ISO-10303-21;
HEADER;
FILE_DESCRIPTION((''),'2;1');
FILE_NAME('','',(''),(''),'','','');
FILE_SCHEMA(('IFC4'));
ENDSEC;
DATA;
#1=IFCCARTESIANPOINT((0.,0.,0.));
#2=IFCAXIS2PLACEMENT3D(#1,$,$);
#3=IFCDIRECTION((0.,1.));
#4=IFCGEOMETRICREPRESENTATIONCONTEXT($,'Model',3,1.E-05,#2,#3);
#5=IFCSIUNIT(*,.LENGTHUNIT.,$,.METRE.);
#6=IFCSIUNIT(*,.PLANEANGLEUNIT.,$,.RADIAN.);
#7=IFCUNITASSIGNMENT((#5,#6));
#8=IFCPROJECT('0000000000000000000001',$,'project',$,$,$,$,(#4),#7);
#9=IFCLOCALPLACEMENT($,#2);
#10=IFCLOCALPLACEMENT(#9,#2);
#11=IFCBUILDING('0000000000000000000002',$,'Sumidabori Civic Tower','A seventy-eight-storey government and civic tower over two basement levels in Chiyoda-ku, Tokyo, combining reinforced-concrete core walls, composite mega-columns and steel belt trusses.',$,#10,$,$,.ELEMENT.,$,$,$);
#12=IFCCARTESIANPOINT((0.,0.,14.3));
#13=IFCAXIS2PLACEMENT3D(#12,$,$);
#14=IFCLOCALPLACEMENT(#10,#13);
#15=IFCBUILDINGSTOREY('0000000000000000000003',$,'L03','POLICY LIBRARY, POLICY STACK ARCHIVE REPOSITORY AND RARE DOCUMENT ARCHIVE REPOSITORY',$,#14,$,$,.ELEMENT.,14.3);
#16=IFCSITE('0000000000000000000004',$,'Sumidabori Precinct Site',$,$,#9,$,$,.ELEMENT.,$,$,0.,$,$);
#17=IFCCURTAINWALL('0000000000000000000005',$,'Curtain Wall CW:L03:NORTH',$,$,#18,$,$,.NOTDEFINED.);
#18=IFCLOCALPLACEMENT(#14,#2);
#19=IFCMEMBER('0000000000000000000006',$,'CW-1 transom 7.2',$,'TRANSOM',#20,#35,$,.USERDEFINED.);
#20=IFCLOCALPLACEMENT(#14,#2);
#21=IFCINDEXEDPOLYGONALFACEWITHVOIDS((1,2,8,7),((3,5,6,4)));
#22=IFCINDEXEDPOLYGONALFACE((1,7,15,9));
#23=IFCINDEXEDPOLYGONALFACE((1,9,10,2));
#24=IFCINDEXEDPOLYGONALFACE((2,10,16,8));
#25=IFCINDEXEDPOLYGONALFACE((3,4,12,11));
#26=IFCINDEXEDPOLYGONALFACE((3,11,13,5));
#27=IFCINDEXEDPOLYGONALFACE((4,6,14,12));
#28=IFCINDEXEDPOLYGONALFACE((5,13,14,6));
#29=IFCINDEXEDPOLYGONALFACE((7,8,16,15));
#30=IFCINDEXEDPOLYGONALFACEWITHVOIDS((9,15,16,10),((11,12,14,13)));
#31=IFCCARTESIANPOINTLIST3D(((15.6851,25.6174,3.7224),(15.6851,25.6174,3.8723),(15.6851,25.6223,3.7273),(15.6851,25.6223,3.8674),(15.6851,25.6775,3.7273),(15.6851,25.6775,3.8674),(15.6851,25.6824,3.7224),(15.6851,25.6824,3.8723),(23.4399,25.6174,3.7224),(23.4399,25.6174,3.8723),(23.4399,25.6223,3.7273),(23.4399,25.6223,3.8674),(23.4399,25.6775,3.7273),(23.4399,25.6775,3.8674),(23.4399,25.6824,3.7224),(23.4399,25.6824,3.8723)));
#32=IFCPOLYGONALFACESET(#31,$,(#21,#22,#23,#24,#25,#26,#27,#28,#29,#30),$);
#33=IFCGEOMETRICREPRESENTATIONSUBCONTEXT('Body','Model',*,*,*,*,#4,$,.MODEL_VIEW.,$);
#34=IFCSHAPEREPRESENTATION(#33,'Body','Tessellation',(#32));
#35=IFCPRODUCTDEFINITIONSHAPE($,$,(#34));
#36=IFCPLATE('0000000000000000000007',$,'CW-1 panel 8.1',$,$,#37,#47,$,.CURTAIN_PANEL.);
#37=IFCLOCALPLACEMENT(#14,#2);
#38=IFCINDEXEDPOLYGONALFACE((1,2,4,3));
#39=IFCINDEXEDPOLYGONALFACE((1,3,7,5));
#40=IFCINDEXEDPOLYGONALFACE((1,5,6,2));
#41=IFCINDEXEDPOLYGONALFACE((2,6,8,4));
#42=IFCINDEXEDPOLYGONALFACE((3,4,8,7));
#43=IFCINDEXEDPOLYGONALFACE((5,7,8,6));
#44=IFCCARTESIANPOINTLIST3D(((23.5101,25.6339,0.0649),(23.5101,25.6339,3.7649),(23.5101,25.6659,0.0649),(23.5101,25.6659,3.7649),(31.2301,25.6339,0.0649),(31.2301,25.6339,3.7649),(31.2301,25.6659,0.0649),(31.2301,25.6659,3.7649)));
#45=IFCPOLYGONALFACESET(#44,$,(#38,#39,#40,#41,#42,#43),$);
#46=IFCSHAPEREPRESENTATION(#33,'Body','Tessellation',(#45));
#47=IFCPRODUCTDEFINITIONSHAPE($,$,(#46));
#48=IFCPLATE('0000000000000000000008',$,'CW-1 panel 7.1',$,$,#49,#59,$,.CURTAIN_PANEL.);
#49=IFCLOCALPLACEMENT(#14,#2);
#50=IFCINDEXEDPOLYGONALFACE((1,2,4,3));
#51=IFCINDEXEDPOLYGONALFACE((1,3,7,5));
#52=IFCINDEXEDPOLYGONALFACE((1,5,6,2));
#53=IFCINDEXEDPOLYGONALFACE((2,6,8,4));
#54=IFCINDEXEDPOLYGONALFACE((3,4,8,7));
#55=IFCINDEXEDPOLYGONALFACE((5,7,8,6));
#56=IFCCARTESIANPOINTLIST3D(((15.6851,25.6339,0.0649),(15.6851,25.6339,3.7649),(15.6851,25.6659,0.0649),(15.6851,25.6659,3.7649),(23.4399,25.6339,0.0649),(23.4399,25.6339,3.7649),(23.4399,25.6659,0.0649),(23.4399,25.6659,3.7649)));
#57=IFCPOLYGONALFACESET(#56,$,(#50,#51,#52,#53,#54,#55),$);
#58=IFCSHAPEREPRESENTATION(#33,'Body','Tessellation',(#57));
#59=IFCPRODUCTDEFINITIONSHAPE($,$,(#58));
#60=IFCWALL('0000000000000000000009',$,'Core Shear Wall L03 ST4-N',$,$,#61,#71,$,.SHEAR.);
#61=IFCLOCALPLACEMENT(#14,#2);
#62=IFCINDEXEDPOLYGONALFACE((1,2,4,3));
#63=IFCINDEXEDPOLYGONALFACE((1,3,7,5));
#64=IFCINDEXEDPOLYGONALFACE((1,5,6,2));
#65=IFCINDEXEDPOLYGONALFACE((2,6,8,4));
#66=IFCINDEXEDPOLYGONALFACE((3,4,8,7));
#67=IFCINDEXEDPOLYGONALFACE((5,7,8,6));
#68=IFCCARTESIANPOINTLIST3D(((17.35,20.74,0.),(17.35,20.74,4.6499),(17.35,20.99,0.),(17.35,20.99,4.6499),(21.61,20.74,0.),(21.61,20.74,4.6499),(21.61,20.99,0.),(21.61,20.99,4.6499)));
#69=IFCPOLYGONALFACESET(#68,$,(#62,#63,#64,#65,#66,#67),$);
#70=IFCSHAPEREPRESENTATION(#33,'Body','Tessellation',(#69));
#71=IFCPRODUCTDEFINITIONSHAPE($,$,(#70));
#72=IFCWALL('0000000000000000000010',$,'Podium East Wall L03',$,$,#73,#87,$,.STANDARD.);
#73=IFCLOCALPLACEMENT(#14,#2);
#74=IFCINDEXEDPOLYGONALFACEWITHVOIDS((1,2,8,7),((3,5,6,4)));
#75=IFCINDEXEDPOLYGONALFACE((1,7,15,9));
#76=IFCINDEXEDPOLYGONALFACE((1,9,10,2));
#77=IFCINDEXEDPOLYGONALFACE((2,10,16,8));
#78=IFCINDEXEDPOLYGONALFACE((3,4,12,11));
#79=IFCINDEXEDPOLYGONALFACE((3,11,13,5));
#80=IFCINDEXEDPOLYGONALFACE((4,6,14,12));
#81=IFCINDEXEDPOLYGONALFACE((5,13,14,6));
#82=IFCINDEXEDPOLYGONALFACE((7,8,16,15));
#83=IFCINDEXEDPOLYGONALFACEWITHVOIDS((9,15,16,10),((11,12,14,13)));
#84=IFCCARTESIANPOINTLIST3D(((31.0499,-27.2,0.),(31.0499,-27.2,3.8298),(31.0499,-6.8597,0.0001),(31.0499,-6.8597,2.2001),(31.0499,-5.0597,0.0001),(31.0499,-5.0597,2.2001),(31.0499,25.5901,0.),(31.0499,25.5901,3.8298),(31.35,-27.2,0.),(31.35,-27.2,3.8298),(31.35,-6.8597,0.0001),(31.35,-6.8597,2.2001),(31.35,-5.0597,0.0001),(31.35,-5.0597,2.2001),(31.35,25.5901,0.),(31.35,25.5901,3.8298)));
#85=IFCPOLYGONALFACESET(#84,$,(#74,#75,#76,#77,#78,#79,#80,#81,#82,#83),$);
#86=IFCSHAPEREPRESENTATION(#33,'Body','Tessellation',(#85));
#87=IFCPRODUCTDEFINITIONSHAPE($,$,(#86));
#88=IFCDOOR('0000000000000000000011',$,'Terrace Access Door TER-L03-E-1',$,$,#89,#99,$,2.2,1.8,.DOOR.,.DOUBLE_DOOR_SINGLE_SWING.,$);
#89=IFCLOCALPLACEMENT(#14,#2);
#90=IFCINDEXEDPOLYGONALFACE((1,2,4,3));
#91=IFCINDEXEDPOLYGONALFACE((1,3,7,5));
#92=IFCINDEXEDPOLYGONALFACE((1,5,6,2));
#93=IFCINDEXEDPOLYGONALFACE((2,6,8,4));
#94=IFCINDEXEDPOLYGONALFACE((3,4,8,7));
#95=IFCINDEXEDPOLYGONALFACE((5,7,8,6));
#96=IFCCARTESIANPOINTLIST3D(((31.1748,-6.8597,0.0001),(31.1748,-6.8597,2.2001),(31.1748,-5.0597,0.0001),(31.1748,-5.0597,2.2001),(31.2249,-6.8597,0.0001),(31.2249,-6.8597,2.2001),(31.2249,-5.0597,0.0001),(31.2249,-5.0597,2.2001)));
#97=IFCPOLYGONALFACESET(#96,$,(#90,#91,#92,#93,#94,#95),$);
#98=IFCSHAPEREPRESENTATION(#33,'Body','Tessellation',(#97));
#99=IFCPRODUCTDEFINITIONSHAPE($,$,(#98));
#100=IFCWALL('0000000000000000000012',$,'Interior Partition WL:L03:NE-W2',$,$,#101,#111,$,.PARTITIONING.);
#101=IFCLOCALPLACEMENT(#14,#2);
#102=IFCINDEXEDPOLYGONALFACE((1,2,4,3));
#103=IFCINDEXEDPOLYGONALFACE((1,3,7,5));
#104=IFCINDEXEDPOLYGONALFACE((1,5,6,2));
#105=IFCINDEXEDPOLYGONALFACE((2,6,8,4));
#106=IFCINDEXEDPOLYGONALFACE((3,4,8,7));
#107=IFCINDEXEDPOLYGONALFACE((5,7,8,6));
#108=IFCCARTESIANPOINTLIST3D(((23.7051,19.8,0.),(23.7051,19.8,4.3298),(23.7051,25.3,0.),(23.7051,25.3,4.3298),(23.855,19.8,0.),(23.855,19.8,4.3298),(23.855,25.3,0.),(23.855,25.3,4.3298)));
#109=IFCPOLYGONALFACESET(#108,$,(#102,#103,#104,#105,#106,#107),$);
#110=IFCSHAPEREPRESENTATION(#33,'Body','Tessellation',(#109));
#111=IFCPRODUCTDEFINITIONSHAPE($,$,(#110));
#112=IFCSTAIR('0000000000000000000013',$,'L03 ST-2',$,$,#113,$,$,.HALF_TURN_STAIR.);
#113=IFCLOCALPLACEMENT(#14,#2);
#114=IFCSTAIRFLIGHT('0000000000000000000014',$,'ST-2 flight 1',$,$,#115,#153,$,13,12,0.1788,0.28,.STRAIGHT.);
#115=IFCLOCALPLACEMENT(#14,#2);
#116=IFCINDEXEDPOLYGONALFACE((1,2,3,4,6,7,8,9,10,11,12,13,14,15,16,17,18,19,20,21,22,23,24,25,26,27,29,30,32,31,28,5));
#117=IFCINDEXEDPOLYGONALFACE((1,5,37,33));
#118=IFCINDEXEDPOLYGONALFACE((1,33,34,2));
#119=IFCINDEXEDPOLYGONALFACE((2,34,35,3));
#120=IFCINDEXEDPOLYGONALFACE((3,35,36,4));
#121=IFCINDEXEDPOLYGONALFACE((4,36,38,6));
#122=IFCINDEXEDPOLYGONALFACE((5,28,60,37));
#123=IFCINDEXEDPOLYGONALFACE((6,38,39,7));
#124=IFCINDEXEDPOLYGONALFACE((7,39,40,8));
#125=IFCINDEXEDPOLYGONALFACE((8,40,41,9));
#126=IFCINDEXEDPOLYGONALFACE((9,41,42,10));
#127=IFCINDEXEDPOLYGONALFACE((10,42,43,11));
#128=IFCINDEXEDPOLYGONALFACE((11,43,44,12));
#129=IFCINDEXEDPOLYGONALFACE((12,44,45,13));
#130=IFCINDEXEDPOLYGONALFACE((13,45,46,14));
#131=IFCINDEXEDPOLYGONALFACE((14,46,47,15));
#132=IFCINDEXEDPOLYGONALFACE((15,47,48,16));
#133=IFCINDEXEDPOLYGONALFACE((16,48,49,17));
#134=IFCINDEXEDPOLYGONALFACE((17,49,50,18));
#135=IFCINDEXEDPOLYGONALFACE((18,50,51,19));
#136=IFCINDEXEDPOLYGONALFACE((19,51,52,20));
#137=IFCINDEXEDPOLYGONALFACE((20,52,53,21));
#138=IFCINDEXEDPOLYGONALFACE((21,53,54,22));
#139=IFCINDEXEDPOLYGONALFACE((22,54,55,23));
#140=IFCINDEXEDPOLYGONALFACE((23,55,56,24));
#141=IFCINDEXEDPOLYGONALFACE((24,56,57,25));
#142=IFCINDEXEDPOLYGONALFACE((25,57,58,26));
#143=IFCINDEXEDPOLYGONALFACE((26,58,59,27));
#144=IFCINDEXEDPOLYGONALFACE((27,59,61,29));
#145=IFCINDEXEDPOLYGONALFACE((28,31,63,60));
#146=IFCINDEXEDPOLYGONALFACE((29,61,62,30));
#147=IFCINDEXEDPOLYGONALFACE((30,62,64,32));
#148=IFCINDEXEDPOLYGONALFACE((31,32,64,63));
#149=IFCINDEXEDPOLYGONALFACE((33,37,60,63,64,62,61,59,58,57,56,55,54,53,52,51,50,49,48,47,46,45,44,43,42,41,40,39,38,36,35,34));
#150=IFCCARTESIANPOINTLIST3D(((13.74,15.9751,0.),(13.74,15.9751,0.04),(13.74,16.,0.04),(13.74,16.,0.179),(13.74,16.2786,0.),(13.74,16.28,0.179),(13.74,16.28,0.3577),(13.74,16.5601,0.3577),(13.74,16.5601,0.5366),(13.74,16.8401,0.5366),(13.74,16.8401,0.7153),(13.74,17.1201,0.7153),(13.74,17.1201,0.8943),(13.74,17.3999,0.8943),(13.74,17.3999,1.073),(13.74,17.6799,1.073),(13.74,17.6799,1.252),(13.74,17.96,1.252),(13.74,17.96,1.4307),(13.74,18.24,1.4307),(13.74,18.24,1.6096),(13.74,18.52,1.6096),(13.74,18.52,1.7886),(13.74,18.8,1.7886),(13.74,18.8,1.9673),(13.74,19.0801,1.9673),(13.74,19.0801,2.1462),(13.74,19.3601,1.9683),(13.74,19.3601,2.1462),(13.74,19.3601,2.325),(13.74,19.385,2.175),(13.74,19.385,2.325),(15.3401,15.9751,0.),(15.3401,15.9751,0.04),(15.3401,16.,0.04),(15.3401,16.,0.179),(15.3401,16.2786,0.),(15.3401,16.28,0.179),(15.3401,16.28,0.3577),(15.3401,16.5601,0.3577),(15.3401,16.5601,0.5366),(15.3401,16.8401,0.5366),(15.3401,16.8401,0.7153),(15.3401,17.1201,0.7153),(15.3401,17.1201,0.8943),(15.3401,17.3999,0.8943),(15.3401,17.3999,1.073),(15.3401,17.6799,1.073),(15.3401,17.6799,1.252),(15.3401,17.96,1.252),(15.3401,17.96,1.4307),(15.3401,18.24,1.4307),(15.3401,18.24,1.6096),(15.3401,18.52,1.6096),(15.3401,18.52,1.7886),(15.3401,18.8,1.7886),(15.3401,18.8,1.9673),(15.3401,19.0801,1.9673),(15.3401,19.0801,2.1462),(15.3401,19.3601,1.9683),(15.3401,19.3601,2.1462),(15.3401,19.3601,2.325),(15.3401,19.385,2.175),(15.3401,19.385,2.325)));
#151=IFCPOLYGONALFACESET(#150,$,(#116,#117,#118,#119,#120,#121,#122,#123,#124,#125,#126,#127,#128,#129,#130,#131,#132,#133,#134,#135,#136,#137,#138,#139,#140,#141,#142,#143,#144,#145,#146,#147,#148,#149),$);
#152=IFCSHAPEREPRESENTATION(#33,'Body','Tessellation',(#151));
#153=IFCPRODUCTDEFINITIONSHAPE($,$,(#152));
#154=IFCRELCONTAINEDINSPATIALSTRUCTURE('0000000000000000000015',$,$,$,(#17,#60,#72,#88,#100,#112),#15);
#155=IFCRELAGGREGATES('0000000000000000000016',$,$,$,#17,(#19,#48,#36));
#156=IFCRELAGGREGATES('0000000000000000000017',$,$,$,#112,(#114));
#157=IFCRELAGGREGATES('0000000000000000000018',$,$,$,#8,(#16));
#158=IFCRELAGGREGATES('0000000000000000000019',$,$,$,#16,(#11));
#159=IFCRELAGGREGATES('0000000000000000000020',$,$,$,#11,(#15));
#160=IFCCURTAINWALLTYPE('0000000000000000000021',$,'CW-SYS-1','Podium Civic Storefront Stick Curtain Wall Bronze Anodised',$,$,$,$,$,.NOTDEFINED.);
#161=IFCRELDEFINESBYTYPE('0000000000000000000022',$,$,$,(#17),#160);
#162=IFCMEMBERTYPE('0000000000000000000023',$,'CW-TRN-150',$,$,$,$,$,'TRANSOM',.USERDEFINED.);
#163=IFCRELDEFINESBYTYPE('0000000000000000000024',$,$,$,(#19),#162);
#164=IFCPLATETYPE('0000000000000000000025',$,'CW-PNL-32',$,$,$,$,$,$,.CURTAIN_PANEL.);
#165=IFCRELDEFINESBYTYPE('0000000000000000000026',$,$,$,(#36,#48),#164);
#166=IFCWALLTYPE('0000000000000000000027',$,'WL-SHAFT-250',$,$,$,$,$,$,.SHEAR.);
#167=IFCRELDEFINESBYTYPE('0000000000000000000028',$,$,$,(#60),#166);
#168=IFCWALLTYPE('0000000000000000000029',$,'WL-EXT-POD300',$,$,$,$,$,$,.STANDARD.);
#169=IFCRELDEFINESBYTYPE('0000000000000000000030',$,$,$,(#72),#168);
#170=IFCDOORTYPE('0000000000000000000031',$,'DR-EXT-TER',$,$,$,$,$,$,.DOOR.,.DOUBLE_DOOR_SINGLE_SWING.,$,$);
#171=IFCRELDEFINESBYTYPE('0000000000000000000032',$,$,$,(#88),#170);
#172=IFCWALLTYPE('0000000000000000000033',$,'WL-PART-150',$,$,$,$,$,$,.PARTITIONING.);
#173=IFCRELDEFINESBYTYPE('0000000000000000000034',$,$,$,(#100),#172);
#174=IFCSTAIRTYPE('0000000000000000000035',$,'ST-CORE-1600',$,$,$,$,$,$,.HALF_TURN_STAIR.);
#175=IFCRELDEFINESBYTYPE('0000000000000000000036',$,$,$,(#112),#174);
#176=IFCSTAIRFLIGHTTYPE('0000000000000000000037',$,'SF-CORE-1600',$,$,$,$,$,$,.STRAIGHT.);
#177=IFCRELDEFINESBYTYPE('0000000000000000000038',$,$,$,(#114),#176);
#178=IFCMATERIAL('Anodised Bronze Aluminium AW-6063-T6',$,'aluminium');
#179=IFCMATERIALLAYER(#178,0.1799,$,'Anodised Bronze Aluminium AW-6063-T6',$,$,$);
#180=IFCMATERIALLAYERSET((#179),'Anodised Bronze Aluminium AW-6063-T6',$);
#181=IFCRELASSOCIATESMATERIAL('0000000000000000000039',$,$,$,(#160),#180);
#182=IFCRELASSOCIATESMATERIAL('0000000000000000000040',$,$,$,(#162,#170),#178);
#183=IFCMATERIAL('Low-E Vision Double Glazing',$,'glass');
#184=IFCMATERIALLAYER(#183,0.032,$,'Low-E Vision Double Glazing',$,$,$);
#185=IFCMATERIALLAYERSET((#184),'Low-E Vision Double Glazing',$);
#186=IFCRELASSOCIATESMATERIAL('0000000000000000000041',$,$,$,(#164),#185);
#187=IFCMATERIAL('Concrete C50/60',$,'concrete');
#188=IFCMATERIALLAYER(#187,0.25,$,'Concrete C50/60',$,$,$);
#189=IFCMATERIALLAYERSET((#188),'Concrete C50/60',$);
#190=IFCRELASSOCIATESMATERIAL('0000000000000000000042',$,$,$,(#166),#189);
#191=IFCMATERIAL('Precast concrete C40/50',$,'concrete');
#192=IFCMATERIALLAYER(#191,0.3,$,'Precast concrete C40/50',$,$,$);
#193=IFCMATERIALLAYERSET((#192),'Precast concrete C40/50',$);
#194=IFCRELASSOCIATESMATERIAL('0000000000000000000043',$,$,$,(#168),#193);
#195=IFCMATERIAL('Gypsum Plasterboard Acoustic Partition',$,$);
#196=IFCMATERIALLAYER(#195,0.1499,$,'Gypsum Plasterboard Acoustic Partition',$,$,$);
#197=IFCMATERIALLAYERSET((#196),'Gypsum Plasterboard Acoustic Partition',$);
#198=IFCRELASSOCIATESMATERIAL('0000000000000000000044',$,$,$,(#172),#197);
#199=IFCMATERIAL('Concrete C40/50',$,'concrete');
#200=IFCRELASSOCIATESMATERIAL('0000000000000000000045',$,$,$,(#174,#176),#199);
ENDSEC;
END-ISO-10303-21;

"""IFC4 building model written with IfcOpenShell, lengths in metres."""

from ifc_helpers import new_model, si_unit, direction, frame, frame_2d, origin, origin_2d, place, context, subcontext, project, spatial, polyline, rectangle, hollow_rectangle, outline, extrude, source, transform, mapped, material, layer, layer_set, material_profile, profile_set, type_object, element, fill, aggregate, save


model = new_model("IFC4")

# Units and contexts
model_context = context("Model", 3, precision=1e-05, world=origin(), true_north=direction((0.0, 1.0)))
body_context = subcontext(model_context, "Body", "Model", "MODEL_VIEW")
ifc_project = project(units=[si_unit("LENGTHUNIT", "METRE"), si_unit("PLANEANGLEUNIT", "RADIAN")], contexts=[model_context])

# Site, building, storey
site_placement = place(None, origin())
site = spatial("IfcSite", under=ifc_project, at=site_placement, Name="Sumidabori Precinct Site", CompositionType="ELEMENT", RefElevation=0.0)
building_placement = place(site_placement, origin())
building = spatial("IfcBuilding", under=site, at=building_placement, Name="Sumidabori Civic Tower", Description="A seventy-eight-storey government and civic tower over two basement levels in Chiyoda-ku, Tokyo, combining reinforced-concrete core walls, composite mega-columns and steel belt trusses.", CompositionType="ELEMENT")
storey_placement = place(building_placement, frame((0.0, 0.0, 14.3)))
storey = spatial("IfcBuildingStorey", under=building, at=storey_placement, Name="L03", Description="POLICY LIBRARY, POLICY STACK ARCHIVE REPOSITORY AND RARE DOCUMENT ARCHIVE REPOSITORY", CompositionType="ELEMENT", Elevation=14.3)

# Curtain wall, member, plates
ifc_material_1 = material(Name="Anodised Bronze Aluminium AW-6063-T6", Category="aluminium")
ifc_layer_1 = layer(ifc_material_1, 0.1799, Name="Anodised Bronze Aluminium AW-6063-T6")
ifc_layer_set_1 = layer_set([ifc_layer_1], Name="Anodised Bronze Aluminium AW-6063-T6")
curtain_wall_type = type_object("IfcCurtainWallType", Name="CW-SYS-1", Description="Podium Civic Storefront Stick Curtain Wall Bronze Anodised", PredefinedType="NOTDEFINED", material=ifc_layer_set_1)
curtain_wall_placement = place(storey_placement, origin())
curtain_wall = element("IfcCurtainWall", 1, at=curtain_wall_placement, inside=storey, type_object=curtain_wall_type, Name="Curtain Wall CW:L03:NORTH", PredefinedType="NOTDEFINED")
ifc_material_profile_1 = material_profile(ifc_material_1, hollow_rectangle(XDim=0.0649, YDim=0.1499, WallThickness=0.0049, at=origin_2d()), Name="ALU TRANSOM 150x65")
ifc_profile_set_1 = profile_set([ifc_material_profile_1], Name="Anodised Bronze Aluminium AW-6063-T6")
member_type_1 = type_object("IfcMemberType", Name="CW-TRN-150", ElementType="TRANSOM", PredefinedType="USERDEFINED", material=ifc_profile_set_1)
shared_shape_1 = source(origin(), body_context, "Body", "SweptSolid", [
    extrude(hollow_rectangle(XDim=0.0649, YDim=0.1499, WallThickness=0.0049, at=origin_2d()), origin(), (0.0, 0.0, 1.0), 7.7549),
])
member_1_placement = place(storey_placement, frame((15.6851, 25.6499, 3.7974), z_axis=(1.0, 0.0, 0.0), x_axis=(0.0, 1.0, 0.0)))
member_1 = element("IfcMember", 2, at=member_1_placement, type_object=member_type_1, Name="CW-1 transom 7.2", ObjectType="TRANSOM", PredefinedType="USERDEFINED", context=body_context, shape_type="MappedRepresentation", body=[
    mapped(shared_shape_1, transform((0.0, 0.0, 0.0), x_axis=(1.0, 0.0, 0.0), y_axis=(0.0, 1.0, 0.0), z_axis=(0.0, 0.0, 1.0), scale=1.0)),
])
ifc_material_2 = material(Name="Low-E Vision Double Glazing", Category="glass")
ifc_layer_2 = layer(ifc_material_2, 0.032, Name="Low-E Vision Double Glazing")
ifc_layer_set_2 = layer_set([ifc_layer_2], Name="Low-E Vision Double Glazing")
plate_type = type_object("IfcPlateType", Name="CW-PNL-32", PredefinedType="CURTAIN_PANEL", material=ifc_layer_set_2)
shared_shape_2 = source(origin(), body_context, "Body", "SweptSolid", [
    extrude(rectangle(XDim=7.72, YDim=0.032, at=origin_2d()), origin(), (0.0, 0.0, 1.0), 3.7),
])
plate_1_placement = place(storey_placement, frame((27.3701, 25.6499, 0.0649), z_axis=(0.0, 0.0, 1.0), x_axis=(1.0, 0.0, 0.0)))
plate_1 = element("IfcPlate", 3, at=plate_1_placement, type_object=plate_type, Name="CW-1 panel 8.1", PredefinedType="CURTAIN_PANEL", context=body_context, shape_type="MappedRepresentation", body=[
    mapped(shared_shape_2, transform((0.0, 0.0, 0.0), x_axis=(1.0, 0.0, 0.0), y_axis=(0.0, 1.0, 0.0), z_axis=(0.0, 0.0, 1.0), scale=1.0)),
])
shared_shape_3 = source(origin(), body_context, "Body", "SweptSolid", [
    extrude(rectangle(XDim=7.7549, YDim=0.032, at=origin_2d()), origin(), (0.0, 0.0, 1.0), 3.7),
])
plate_2_placement = place(storey_placement, frame((19.5625, 25.6499, 0.0649), z_axis=(0.0, 0.0, 1.0), x_axis=(1.0, 0.0, 0.0)))
plate_2 = element("IfcPlate", 4, at=plate_2_placement, type_object=plate_type, Name="CW-1 panel 7.1", PredefinedType="CURTAIN_PANEL", context=body_context, shape_type="MappedRepresentation", body=[
    mapped(shared_shape_3, transform((0.0, 0.0, 0.0), x_axis=(1.0, 0.0, 0.0), y_axis=(0.0, 1.0, 0.0), z_axis=(0.0, 0.0, 1.0), scale=1.0)),
])
aggregate(curtain_wall, [member_1, plate_2, plate_1])

# Wall
ifc_material_3 = material(Name="Concrete C50/60", Category="concrete")
ifc_layer_3 = layer(ifc_material_3, 0.25, Name="Concrete C50/60")
ifc_layer_set_3 = layer_set([ifc_layer_3], Name="Concrete C50/60")
wall_type_1 = type_object("IfcWallType", Name="WL-SHAFT-250", PredefinedType="SHEAR", material=ifc_layer_set_3)
shared_shape_4 = source(origin(), body_context, "Body", "SweptSolid", [
    extrude(rectangle(XDim=4.26, YDim=0.25, at=frame_2d((2.1299, 0.0))), origin(), (0.0, 0.0, 1.0), 4.6499),
])
wall_1_placement = place(storey_placement, frame((17.3501, 20.865, 0.0), z_axis=(0.0, 0.0, 1.0), x_axis=(1.0, 0.0, 0.0)))
element("IfcWall", 5, at=wall_1_placement, inside=storey, type_object=wall_type_1, Name="Core Shear Wall L03 ST4-N", PredefinedType="SHEAR", context=body_context, shape_type="MappedRepresentation", body=[
    mapped(shared_shape_4, transform((0.0, 0.0, 0.0), x_axis=(1.0, 0.0, 0.0), y_axis=(0.0, 1.0, 0.0), z_axis=(0.0, 0.0, 1.0), scale=1.0)),
])

# Wall, opening, door
ifc_material_4 = material(Name="Precast concrete C40/50", Category="concrete")
ifc_layer_4 = layer(ifc_material_4, 0.3, Name="Precast concrete C40/50")
ifc_layer_set_4 = layer_set([ifc_layer_4], Name="Precast concrete C40/50")
wall_type_2 = type_object("IfcWallType", Name="WL-EXT-POD300", PredefinedType="STANDARD", material=ifc_layer_set_4)
shared_shape_5 = source(origin(), body_context, "Body", "SweptSolid", [
    extrude(rectangle(XDim=52.79, YDim=0.3, at=frame_2d((26.395, 0.0))), origin(), (0.0, 0.0, 1.0), 3.8298),
])
wall_2_placement = place(storey_placement, frame((31.2, 25.5901, 0.0), z_axis=(0.0, 0.0, 1.0), x_axis=(0.0, -1.0, 0.0)))
wall_2 = element("IfcWall", 6, at=wall_2_placement, inside=storey, type_object=wall_type_2, Name="Podium East Wall L03", PredefinedType="STANDARD", context=body_context, shape_type="MappedRepresentation", body=[
    mapped(shared_shape_5, transform((0.0, 0.0, 0.0), x_axis=(1.0, 0.0, 0.0), y_axis=(0.0, 1.0, 0.0), z_axis=(0.0, 0.0, 1.0), scale=1.0)),
])
opening_placement = place(wall_2_placement, frame((30.6499, 0.0, 0.0)))
opening = element("IfcOpeningElement", 7, at=opening_placement, cuts=wall_2, PredefinedType="OPENING", context=body_context, shape_type="SweptSolid", body=[
    extrude(rectangle(XDim=1.8, YDim=2.2, at=frame_2d((0.8999, 1.1001))), frame((0.0, 0.1621, 0.0), z_axis=(0.0, -1.0, 0.0), x_axis=(1.0, 0.0, 0.0)), (0.0, 0.0, 1.0), 0.324),
])
door_type = type_object("IfcDoorType", Name="DR-EXT-TER", OperationType="DOUBLE_DOOR_SINGLE_SWING", PredefinedType="DOOR", material=ifc_material_1)
shared_shape_6 = source(origin(), body_context, "Body", "SweptSolid", [
    extrude(rectangle(XDim=1.8, YDim=2.2, at=frame_2d((0.8999, 1.1001))), frame((0.0, 0.0249, 0.0), z_axis=(0.0, -1.0, 0.0), x_axis=(1.0, 0.0, 0.0)), (0.0, 0.0, 1.0), 0.05),
])
door_placement = place(opening_placement, origin())
door = element("IfcDoor", 8, at=door_placement, inside=storey, type_object=door_type, Name="Terrace Access Door TER-L03-E-1", OperationType="DOUBLE_DOOR_SINGLE_SWING", OverallHeight=2.2, OverallWidth=1.8, PredefinedType="DOOR", context=body_context, shape_type="MappedRepresentation", body=[
    mapped(shared_shape_6, transform((0.0, 0.0, 0.0), x_axis=(1.0, 0.0, 0.0), y_axis=(0.0, 1.0, 0.0), z_axis=(0.0, 0.0, 1.0), scale=1.0)),
])
fill(opening, door)

# Wall
ifc_material_5 = material(Name="Gypsum Plasterboard Acoustic Partition")
ifc_layer_5 = layer(ifc_material_5, 0.1499, Name="Gypsum Plasterboard Acoustic Partition")
ifc_layer_set_5 = layer_set([ifc_layer_5], Name="Gypsum Plasterboard Acoustic Partition")
wall_type_3 = type_object("IfcWallType", Name="WL-PART-150", PredefinedType="PARTITIONING", material=ifc_layer_set_5)
shared_shape_7 = source(origin(), body_context, "Body", "SweptSolid", [
    extrude(rectangle(XDim=5.5, YDim=0.1499, at=frame_2d((2.75, 0.0))), origin(), (0.0, 0.0, 1.0), 4.3298),
])
wall_3_placement = place(storey_placement, frame((23.78, 19.8, 0.0), z_axis=(0.0, 0.0, 1.0), x_axis=(0.0, 1.0, 0.0)))
element("IfcWall", 9, at=wall_3_placement, inside=storey, type_object=wall_type_3, Name="Interior Partition WL:L03:NE-W2", PredefinedType="PARTITIONING", context=body_context, shape_type="MappedRepresentation", body=[
    mapped(shared_shape_7, transform((0.0, 0.0, 0.0), x_axis=(1.0, 0.0, 0.0), y_axis=(0.0, 1.0, 0.0), z_axis=(0.0, 0.0, 1.0), scale=1.0)),
])

# Stair, stair flight
ifc_material_6 = material(Name="Concrete C40/50", Category="concrete")
stair_type_1 = type_object("IfcStairType", Name="ST-CORE-1600", PredefinedType="HALF_TURN_STAIR", material=ifc_material_6)
stair_1_placement = place(storey_placement, origin())
stair_1 = element("IfcStair", 10, at=stair_1_placement, inside=storey, type_object=stair_type_1, Name="L03 ST-2", PredefinedType="HALF_TURN_STAIR")
stair_flight_type_1 = type_object("IfcStairFlightType", Name="SF-CORE-1600", PredefinedType="STRAIGHT", material=ifc_material_6)
shared_shape_8 = source(origin(), body_context, "Body", "SweptSolid", [
    extrude(outline(polyline([(-0.0249, 0.0), (-0.0249, 0.04), (0.0, 0.04), (0.0, 0.179), (0.28, 0.179), (0.28, 0.3577), (0.5601, 0.3577), (0.5601, 0.5366), (0.8401, 0.5366), (0.8401, 0.7153), (1.1201, 0.7153), (1.1201, 0.8943), (1.3999, 0.8943), (1.3999, 1.073), (1.6799, 1.073), (1.6799, 1.252), (1.96, 1.252), (1.96, 1.4307), (2.24, 1.4307), (2.24, 1.6096), (2.52, 1.6096), (2.52, 1.7886), (2.8, 1.7886), (2.8, 1.9673), (3.0801, 1.9673), (3.0801, 2.1462), (3.3601, 2.1462), (3.3601, 2.325), (3.385, 2.325), (3.385, 2.175), (3.3601, 1.9683), (0.2786, 0.0), (-0.0249, 0.0)])), frame((0.0, 0.8, 0.0), z_axis=(0.0, -1.0, 0.0), x_axis=(1.0, 0.0, 0.0)), (0.0, 0.0, 1.0), 1.6001),
])
stair_flight_1_placement = place(storey_placement, frame((14.54, 16.0, 0.0), z_axis=(0.0, 0.0, 1.0), x_axis=(0.0, 1.0, 0.0)))
stair_flight_1 = element("IfcStairFlight", 11, at=stair_flight_1_placement, type_object=stair_flight_type_1, Name="ST-2 flight 1", NumberOfRisers=13, NumberOfTreads=12, PredefinedType="STRAIGHT", RiserHeight=0.1788, TreadLength=0.28, context=body_context, shape_type="MappedRepresentation", body=[
    mapped(shared_shape_8, transform((0.0, 0.0, 0.0), x_axis=(1.0, 0.0, 0.0), y_axis=(0.0, 1.0, 0.0), z_axis=(0.0, 0.0, 1.0), scale=1.0)),
])
aggregate(stair_1, [stair_flight_1])

save(model, "model.ifc")
